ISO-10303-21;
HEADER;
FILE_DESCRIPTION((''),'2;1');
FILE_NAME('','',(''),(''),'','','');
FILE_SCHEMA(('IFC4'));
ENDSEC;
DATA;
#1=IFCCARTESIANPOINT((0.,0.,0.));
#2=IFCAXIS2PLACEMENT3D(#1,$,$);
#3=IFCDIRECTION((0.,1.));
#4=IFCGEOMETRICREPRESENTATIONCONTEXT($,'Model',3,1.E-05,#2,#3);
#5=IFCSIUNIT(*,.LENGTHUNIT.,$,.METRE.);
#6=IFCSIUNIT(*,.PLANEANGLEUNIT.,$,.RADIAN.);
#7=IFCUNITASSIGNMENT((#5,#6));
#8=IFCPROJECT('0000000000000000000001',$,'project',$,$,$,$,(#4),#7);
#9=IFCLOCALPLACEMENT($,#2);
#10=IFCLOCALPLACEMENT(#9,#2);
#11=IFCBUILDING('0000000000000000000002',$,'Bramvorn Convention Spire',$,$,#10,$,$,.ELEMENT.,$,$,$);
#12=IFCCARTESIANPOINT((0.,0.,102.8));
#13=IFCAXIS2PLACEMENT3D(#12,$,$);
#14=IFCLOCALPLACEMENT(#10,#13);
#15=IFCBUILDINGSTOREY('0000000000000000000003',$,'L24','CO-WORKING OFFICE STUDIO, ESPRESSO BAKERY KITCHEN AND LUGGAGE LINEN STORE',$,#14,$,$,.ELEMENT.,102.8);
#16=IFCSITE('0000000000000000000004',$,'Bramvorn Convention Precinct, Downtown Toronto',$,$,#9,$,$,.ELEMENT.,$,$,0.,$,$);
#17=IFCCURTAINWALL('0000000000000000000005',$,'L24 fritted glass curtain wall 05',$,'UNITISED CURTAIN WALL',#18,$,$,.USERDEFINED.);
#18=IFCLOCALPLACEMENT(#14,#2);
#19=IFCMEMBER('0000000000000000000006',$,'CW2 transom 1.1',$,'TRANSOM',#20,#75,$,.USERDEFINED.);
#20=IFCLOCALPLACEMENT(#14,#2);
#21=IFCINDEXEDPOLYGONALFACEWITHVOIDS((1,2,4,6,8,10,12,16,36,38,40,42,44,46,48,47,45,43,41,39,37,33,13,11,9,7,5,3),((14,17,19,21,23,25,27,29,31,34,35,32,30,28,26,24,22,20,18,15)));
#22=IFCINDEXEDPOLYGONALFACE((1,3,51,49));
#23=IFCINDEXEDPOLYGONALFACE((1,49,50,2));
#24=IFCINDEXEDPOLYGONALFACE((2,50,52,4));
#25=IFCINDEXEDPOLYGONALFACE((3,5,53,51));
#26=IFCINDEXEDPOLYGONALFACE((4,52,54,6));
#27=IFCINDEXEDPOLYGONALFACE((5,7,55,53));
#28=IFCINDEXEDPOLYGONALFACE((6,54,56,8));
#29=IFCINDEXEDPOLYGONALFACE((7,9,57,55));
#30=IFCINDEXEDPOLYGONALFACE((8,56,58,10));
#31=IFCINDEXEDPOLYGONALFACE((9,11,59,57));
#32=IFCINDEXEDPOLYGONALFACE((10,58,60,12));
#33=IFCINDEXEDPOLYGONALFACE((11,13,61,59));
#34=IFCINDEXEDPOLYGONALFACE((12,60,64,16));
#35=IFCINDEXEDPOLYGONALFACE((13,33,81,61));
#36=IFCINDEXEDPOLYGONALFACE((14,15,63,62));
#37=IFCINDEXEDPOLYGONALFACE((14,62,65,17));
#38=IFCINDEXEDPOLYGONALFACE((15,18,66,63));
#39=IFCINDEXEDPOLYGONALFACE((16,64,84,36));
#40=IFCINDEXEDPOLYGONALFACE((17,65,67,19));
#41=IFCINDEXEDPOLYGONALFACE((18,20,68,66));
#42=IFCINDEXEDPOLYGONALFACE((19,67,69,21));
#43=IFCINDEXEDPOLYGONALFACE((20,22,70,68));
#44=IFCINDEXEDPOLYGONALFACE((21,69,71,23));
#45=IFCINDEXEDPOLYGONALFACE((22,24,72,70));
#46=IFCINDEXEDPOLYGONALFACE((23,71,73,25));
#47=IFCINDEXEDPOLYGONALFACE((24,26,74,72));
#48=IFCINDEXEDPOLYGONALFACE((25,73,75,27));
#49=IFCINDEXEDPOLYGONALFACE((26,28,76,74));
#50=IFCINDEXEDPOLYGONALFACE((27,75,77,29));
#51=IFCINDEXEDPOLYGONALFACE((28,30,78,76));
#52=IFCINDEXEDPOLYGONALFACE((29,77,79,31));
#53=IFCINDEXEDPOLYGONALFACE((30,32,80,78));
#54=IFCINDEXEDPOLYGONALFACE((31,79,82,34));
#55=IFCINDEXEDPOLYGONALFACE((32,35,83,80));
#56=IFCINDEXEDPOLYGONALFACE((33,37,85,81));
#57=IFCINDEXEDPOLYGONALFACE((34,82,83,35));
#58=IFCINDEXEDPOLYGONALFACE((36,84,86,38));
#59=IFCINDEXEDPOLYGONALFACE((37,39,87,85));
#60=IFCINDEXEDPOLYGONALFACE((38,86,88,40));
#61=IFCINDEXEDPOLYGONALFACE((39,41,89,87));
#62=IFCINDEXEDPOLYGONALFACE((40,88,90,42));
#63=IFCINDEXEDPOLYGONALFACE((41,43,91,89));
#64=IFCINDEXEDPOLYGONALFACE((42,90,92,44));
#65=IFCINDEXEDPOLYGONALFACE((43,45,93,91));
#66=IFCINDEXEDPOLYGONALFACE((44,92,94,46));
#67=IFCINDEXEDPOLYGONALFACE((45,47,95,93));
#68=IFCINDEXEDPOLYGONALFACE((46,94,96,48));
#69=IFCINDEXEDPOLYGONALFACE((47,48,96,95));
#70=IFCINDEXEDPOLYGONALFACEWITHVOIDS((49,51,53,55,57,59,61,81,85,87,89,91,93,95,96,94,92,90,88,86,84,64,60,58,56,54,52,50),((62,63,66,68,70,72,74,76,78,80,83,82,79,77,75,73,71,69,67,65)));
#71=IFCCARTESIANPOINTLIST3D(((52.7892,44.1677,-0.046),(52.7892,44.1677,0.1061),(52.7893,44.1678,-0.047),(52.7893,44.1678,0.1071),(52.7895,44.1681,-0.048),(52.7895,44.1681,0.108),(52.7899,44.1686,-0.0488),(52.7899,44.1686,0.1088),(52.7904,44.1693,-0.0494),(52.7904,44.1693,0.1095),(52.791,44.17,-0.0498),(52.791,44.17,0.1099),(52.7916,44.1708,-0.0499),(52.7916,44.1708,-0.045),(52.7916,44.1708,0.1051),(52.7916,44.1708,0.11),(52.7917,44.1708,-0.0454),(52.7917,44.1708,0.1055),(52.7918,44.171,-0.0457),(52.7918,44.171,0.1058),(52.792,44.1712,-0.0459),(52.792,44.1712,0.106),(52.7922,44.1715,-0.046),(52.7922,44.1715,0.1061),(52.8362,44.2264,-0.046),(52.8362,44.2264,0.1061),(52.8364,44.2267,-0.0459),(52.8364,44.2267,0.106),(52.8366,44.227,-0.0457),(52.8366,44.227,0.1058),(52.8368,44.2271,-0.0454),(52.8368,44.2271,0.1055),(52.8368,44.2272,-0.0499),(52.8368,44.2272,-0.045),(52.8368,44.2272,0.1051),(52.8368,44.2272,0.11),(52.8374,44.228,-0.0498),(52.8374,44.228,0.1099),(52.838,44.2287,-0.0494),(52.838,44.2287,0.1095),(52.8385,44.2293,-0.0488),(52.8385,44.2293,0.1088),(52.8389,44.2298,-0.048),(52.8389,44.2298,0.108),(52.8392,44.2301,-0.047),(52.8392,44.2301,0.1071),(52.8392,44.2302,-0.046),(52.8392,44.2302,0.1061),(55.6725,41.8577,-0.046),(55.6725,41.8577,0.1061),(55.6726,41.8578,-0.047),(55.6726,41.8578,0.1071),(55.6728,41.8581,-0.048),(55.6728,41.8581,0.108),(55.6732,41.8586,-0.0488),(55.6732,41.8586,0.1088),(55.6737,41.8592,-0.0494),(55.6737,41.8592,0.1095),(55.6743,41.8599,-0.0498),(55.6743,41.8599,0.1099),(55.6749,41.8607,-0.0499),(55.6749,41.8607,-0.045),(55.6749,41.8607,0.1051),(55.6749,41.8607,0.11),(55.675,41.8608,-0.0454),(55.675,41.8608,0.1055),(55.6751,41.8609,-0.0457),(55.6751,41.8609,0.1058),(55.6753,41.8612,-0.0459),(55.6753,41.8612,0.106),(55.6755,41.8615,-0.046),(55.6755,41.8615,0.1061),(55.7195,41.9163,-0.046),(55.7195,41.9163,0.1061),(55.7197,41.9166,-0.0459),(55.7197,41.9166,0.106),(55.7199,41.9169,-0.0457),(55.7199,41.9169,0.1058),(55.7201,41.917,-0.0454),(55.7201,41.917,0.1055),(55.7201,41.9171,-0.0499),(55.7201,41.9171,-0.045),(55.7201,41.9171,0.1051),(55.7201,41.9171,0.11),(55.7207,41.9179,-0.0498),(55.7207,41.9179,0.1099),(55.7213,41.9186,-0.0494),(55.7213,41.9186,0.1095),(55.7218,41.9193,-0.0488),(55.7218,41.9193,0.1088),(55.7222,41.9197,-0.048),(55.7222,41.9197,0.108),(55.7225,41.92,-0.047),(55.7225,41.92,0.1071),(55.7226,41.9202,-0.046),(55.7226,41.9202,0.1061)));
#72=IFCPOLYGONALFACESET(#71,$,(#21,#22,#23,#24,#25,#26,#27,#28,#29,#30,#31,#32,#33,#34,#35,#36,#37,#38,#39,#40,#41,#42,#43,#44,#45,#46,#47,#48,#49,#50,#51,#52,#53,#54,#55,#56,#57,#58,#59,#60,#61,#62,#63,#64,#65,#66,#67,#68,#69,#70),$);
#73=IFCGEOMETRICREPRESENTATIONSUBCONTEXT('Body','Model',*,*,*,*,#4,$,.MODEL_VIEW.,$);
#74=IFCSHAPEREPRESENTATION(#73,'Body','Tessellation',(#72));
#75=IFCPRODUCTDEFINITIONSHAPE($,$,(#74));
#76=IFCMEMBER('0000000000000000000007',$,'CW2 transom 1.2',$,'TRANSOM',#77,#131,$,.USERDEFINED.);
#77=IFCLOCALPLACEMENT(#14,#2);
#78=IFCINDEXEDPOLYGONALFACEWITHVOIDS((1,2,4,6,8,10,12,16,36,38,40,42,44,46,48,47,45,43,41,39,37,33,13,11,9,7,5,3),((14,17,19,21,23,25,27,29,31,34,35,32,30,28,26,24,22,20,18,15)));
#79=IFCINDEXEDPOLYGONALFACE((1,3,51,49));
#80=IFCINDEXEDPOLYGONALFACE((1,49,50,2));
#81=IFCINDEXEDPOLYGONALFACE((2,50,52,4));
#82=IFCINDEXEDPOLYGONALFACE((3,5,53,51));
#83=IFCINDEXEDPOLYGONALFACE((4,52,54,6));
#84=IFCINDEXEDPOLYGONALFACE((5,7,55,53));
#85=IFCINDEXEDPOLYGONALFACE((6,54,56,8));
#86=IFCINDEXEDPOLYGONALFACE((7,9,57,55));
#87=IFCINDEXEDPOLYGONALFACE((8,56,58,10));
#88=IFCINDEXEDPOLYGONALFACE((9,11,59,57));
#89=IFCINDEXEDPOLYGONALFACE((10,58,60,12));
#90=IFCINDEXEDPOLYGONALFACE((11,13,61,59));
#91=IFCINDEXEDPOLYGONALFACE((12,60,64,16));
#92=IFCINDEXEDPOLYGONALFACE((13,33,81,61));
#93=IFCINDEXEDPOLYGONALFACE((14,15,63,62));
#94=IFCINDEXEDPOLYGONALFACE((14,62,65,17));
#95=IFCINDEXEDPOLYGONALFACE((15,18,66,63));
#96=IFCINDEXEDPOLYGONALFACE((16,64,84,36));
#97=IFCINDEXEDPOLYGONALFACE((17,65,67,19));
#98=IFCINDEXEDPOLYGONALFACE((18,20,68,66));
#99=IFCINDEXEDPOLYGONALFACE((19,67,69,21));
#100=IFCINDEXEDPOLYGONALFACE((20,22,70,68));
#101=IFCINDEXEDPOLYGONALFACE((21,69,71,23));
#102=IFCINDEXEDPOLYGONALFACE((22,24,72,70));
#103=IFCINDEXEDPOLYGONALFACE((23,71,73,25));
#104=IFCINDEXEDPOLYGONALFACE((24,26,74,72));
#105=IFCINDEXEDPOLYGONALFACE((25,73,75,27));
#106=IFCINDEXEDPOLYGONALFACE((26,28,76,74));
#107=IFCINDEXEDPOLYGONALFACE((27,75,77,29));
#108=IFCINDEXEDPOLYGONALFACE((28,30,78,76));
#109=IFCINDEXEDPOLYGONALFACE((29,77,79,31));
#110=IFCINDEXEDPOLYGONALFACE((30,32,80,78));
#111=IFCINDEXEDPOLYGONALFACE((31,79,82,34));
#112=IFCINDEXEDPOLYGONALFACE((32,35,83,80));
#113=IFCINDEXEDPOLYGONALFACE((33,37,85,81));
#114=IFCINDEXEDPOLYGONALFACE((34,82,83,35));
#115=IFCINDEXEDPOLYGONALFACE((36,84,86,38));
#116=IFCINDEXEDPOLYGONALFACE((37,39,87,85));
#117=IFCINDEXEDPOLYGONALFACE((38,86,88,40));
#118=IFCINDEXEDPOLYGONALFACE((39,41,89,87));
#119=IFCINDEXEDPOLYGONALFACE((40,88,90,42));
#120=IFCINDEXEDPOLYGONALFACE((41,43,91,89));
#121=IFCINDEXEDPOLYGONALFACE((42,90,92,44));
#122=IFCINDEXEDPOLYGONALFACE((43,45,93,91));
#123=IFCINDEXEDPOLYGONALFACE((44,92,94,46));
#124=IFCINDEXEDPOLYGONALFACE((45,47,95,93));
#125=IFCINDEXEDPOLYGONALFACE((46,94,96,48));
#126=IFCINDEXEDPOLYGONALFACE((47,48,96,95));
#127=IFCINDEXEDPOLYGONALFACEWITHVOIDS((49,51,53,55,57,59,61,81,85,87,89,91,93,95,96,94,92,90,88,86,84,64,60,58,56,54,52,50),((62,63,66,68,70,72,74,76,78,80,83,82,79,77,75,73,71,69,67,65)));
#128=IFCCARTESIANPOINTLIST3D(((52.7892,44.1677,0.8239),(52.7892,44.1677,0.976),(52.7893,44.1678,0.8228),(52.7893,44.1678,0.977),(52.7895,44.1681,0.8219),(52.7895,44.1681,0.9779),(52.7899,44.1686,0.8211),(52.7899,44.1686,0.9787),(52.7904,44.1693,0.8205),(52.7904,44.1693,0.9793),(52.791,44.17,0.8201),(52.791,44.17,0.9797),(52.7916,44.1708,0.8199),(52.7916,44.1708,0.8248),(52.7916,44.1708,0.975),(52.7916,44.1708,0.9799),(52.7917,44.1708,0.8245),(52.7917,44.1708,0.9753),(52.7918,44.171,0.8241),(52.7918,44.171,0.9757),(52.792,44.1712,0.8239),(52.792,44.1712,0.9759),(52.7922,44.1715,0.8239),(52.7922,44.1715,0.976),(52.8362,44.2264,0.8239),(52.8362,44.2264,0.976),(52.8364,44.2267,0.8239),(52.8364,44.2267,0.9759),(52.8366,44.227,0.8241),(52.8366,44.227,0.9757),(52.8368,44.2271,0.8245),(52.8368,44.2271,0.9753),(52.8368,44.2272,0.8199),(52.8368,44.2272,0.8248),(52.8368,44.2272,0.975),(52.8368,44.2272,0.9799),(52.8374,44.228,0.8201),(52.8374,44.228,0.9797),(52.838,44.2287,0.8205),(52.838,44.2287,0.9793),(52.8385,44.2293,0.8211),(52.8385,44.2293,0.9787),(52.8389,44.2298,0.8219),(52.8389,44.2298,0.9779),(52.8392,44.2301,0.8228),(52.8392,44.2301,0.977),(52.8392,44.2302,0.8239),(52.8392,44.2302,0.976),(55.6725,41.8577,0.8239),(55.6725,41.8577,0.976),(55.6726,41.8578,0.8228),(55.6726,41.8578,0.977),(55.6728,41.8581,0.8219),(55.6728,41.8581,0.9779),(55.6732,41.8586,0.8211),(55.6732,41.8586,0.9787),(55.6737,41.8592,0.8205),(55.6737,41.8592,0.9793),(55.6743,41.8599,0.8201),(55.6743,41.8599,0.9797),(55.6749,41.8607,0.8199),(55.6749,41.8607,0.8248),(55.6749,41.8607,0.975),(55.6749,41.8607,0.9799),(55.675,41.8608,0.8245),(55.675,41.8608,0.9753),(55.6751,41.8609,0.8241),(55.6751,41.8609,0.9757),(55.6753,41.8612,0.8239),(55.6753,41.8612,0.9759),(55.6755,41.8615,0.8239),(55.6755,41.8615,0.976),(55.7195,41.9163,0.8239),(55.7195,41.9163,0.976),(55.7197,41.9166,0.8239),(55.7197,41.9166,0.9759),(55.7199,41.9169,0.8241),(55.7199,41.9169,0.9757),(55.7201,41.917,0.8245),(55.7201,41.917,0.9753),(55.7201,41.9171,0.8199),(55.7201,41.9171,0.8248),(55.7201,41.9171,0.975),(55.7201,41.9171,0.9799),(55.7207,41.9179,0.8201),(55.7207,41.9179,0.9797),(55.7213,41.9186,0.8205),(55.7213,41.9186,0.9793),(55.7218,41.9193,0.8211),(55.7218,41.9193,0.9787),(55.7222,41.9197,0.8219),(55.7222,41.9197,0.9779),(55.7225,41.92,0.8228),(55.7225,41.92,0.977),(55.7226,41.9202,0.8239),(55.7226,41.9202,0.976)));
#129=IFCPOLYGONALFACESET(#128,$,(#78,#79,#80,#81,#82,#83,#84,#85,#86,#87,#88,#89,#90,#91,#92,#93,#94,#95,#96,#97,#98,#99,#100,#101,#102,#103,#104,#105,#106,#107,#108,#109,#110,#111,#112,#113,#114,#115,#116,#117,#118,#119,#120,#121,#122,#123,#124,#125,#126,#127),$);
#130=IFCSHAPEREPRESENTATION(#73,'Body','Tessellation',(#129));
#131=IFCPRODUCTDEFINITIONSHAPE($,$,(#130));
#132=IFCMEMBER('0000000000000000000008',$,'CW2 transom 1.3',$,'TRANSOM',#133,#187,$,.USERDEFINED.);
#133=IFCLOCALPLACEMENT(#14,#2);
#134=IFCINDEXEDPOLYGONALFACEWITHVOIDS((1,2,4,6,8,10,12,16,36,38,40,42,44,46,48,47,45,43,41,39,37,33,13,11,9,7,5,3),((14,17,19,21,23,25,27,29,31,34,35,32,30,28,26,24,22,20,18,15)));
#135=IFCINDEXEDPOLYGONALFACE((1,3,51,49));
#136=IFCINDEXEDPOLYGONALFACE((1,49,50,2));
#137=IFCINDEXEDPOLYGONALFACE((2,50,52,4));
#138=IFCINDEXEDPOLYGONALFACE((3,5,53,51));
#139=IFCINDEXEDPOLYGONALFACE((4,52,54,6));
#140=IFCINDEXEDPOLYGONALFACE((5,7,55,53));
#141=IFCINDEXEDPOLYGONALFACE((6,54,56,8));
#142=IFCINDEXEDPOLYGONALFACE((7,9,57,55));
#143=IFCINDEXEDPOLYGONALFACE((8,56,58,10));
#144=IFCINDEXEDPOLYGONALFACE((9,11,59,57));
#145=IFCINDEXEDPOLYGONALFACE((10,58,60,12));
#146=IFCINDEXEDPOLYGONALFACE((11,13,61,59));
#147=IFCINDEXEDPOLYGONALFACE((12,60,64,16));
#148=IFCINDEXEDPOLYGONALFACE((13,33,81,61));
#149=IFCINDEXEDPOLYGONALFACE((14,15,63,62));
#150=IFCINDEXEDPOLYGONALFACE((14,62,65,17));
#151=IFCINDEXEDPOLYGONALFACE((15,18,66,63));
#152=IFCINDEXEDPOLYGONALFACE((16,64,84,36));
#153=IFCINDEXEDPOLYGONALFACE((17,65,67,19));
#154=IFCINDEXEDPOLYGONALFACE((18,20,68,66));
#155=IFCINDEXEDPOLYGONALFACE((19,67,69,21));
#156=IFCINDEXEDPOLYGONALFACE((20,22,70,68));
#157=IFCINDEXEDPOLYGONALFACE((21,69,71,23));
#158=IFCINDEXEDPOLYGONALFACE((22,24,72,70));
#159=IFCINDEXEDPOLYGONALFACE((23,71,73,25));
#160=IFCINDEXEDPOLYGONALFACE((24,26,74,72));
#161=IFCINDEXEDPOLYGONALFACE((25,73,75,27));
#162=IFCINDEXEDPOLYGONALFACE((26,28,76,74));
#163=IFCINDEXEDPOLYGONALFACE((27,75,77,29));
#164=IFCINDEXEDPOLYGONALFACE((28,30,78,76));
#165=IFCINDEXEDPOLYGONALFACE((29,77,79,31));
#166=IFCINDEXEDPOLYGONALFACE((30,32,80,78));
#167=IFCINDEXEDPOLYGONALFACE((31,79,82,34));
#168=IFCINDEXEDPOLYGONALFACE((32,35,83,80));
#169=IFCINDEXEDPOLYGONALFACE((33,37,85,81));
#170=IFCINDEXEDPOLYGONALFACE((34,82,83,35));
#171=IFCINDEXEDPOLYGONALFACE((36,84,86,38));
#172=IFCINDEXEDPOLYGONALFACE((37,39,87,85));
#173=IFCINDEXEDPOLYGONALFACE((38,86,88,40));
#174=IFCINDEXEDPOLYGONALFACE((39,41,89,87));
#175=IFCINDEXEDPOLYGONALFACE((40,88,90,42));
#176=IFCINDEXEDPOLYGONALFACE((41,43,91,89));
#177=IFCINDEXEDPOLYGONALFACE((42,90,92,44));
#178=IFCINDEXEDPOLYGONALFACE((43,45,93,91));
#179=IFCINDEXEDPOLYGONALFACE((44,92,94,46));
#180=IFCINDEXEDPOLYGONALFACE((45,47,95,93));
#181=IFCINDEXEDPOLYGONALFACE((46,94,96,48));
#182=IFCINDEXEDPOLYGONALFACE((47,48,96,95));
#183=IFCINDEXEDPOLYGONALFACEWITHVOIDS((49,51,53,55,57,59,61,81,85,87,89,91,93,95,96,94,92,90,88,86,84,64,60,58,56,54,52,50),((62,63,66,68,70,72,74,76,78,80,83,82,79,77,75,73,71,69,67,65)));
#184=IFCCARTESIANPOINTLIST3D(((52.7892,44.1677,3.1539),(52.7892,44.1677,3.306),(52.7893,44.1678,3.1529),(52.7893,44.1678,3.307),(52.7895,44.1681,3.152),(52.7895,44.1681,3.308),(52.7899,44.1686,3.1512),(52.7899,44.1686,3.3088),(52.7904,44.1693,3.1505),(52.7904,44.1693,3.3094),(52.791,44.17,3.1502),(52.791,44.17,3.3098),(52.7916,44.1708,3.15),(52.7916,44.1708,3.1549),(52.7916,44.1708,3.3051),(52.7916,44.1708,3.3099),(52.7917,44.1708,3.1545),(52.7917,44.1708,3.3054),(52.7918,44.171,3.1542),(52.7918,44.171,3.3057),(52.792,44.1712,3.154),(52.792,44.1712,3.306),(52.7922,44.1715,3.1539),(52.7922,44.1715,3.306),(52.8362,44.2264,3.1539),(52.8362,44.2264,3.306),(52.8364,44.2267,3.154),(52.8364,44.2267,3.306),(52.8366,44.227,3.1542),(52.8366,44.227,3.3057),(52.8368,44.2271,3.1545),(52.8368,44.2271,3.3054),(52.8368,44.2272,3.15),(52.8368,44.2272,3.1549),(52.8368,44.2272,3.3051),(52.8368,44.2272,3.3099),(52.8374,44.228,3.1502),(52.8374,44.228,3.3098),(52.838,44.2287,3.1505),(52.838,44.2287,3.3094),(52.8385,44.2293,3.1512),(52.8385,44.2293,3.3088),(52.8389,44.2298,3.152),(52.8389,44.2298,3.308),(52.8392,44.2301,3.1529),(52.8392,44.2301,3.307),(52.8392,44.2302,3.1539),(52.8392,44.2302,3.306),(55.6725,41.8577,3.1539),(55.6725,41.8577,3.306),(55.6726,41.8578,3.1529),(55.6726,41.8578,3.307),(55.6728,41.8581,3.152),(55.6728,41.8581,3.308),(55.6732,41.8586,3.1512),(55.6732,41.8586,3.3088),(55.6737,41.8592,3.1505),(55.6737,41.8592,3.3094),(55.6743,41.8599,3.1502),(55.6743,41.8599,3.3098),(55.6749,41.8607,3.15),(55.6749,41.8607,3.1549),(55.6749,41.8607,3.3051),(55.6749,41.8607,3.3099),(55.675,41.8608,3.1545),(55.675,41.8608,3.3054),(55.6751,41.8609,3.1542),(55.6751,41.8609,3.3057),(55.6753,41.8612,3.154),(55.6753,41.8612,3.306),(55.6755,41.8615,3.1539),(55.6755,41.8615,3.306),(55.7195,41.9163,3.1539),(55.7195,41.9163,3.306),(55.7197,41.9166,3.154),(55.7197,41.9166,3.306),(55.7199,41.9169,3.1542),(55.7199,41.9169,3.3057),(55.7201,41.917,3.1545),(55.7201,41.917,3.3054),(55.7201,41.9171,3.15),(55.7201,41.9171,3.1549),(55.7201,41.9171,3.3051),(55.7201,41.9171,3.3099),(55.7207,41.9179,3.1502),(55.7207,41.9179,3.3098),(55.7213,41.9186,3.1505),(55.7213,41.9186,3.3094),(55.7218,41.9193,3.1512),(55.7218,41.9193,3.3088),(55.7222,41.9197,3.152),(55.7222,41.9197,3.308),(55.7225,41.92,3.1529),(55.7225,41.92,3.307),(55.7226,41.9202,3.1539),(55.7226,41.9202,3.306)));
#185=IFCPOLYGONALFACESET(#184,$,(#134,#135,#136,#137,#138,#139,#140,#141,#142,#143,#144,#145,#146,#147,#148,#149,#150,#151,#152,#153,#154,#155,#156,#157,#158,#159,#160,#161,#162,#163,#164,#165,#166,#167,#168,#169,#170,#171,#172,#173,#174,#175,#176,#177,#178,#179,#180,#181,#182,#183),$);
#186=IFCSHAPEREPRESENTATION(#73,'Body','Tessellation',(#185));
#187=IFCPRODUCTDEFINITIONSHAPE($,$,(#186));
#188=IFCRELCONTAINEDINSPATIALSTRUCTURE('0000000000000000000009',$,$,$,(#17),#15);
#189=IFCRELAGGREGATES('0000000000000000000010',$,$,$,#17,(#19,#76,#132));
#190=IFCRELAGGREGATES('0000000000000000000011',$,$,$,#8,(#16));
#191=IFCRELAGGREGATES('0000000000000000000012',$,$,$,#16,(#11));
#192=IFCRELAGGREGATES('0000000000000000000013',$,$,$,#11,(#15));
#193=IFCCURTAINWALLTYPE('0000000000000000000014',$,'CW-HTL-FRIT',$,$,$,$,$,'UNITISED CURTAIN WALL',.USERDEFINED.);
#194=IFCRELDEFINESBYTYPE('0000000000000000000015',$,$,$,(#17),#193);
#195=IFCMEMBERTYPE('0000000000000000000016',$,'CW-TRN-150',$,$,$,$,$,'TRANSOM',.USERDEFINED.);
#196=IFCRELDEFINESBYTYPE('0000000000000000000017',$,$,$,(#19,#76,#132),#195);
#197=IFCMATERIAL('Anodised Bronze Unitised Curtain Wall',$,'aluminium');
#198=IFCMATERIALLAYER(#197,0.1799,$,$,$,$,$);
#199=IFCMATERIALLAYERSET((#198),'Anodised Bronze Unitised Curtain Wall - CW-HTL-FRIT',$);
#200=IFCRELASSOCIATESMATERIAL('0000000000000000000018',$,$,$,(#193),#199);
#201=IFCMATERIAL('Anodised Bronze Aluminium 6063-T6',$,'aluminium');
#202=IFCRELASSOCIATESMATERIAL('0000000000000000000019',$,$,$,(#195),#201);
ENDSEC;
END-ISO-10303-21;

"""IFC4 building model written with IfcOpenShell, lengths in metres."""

from ifc_helpers import new_model, si_unit, direction, frame, origin, origin_2d, place, context, subcontext, project, spatial, hollow_rectangle, extrude, material, layer, layer_set, material_profile, profile_set, type_object, element, aggregate, save


model = new_model("IFC4")

# Units and contexts
model_context = context("Model", 3, precision=1e-05, world=origin(), true_north=direction((0.0, 1.0)))
body_context = subcontext(model_context, "Body", "Model", "MODEL_VIEW")
ifc_project = project(units=[si_unit("LENGTHUNIT", "METRE"), si_unit("PLANEANGLEUNIT", "RADIAN")], contexts=[model_context])

# Site, building, storey
site_placement = place(None, origin())
site = spatial("IfcSite", under=ifc_project, at=site_placement, Name="Bramvorn Convention Precinct, Downtown Toronto", CompositionType="ELEMENT", RefElevation=0.0)
building_placement = place(site_placement, origin())
building = spatial("IfcBuilding", under=site, at=building_placement, Name="Bramvorn Convention Spire", CompositionType="ELEMENT")
storey_placement = place(building_placement, frame((0.0, 0.0, 102.8)))
storey = spatial("IfcBuildingStorey", under=building, at=storey_placement, Name="L24", Description="CO-WORKING OFFICE STUDIO, ESPRESSO BAKERY KITCHEN AND LUGGAGE LINEN STORE", CompositionType="ELEMENT", Elevation=102.8)

# Curtain wall, members
ifc_material_1 = material(Name="Anodised Bronze Unitised Curtain Wall", Category="aluminium")
ifc_layer_1 = layer(ifc_material_1, 0.1799)
ifc_layer_set_1 = layer_set([ifc_layer_1], Name="Anodised Bronze Unitised Curtain Wall - CW-HTL-FRIT")
curtain_wall_type = type_object("IfcCurtainWallType", Name="CW-HTL-FRIT", ElementType="UNITISED CURTAIN WALL", PredefinedType="USERDEFINED", material=ifc_layer_set_1)
curtain_wall_placement = place(storey_placement, origin())
curtain_wall = element("IfcCurtainWall", 1, at=curtain_wall_placement, inside=storey, type_object=curtain_wall_type, Name="L24 fritted glass curtain wall 05", ObjectType="UNITISED CURTAIN WALL", PredefinedType="USERDEFINED")
ifc_material_2 = material(Name="Anodised Bronze Aluminium 6063-T6", Category="aluminium")
ifc_material_profile_1 = material_profile(ifc_material_2, hollow_rectangle(XDim=0.0801, YDim=0.1599, WallThickness=0.0039, InnerFilletRadius=0.001, OuterFilletRadius=0.0039, at=origin_2d()))
ifc_profile_set_1 = profile_set([ifc_material_profile_1], Name="Anodised Bronze Aluminium 6063-T6 - CWT80X160")
member_type_1 = type_object("IfcMemberType", Name="CW-TRN-150", ElementType="TRANSOM", PredefinedType="USERDEFINED", material=ifc_profile_set_1)
member_1_placement = place(storey_placement, frame((52.8142, 44.199, 0.03), z_axis=(0.780417, -0.625259, 0.0), x_axis=(0.625259, 0.780417, 0.0)))
member_1 = element("IfcMember", 2, at=member_1_placement, type_object=member_type_1, Name="CW2 transom 1.1", ObjectType="TRANSOM", PredefinedType="USERDEFINED", context=body_context, shape_type="SweptSolid", body=[
    extrude(hollow_rectangle(XDim=0.0801, YDim=0.1599, WallThickness=0.0039, InnerFilletRadius=0.001, OuterFilletRadius=0.0039, at=origin_2d()), origin(), (0.0, 0.0, 1.0), 3.6946),
])
member_2_placement = place(storey_placement, frame((52.8142, 44.199, 0.8999), z_axis=(0.780417, -0.625259, 0.0), x_axis=(0.625259, 0.780417, 0.0)))
member_2 = element("IfcMember", 3, at=member_2_placement, type_object=member_type_1, Name="CW2 transom 1.2", ObjectType="TRANSOM", PredefinedType="USERDEFINED", context=body_context, shape_type="SweptSolid", body=[
    extrude(hollow_rectangle(XDim=0.0801, YDim=0.1599, WallThickness=0.0039, InnerFilletRadius=0.001, OuterFilletRadius=0.0039, at=origin_2d()), origin(), (0.0, 0.0, 1.0), 3.6946),
])
member_3_placement = place(storey_placement, frame((52.8142, 44.199, 3.23), z_axis=(0.780417, -0.625259, 0.0), x_axis=(0.625259, 0.780417, 0.0)))
member_3 = element("IfcMember", 4, at=member_3_placement, type_object=member_type_1, Name="CW2 transom 1.3", ObjectType="TRANSOM", PredefinedType="USERDEFINED", context=body_context, shape_type="SweptSolid", body=[
    extrude(hollow_rectangle(XDim=0.0801, YDim=0.1599, WallThickness=0.0039, InnerFilletRadius=0.001, OuterFilletRadius=0.0039, at=origin_2d()), origin(), (0.0, 0.0, 1.0), 3.6946),
])
aggregate(curtain_wall, [member_1, member_2, member_3])

save(model, "model.ifc")
